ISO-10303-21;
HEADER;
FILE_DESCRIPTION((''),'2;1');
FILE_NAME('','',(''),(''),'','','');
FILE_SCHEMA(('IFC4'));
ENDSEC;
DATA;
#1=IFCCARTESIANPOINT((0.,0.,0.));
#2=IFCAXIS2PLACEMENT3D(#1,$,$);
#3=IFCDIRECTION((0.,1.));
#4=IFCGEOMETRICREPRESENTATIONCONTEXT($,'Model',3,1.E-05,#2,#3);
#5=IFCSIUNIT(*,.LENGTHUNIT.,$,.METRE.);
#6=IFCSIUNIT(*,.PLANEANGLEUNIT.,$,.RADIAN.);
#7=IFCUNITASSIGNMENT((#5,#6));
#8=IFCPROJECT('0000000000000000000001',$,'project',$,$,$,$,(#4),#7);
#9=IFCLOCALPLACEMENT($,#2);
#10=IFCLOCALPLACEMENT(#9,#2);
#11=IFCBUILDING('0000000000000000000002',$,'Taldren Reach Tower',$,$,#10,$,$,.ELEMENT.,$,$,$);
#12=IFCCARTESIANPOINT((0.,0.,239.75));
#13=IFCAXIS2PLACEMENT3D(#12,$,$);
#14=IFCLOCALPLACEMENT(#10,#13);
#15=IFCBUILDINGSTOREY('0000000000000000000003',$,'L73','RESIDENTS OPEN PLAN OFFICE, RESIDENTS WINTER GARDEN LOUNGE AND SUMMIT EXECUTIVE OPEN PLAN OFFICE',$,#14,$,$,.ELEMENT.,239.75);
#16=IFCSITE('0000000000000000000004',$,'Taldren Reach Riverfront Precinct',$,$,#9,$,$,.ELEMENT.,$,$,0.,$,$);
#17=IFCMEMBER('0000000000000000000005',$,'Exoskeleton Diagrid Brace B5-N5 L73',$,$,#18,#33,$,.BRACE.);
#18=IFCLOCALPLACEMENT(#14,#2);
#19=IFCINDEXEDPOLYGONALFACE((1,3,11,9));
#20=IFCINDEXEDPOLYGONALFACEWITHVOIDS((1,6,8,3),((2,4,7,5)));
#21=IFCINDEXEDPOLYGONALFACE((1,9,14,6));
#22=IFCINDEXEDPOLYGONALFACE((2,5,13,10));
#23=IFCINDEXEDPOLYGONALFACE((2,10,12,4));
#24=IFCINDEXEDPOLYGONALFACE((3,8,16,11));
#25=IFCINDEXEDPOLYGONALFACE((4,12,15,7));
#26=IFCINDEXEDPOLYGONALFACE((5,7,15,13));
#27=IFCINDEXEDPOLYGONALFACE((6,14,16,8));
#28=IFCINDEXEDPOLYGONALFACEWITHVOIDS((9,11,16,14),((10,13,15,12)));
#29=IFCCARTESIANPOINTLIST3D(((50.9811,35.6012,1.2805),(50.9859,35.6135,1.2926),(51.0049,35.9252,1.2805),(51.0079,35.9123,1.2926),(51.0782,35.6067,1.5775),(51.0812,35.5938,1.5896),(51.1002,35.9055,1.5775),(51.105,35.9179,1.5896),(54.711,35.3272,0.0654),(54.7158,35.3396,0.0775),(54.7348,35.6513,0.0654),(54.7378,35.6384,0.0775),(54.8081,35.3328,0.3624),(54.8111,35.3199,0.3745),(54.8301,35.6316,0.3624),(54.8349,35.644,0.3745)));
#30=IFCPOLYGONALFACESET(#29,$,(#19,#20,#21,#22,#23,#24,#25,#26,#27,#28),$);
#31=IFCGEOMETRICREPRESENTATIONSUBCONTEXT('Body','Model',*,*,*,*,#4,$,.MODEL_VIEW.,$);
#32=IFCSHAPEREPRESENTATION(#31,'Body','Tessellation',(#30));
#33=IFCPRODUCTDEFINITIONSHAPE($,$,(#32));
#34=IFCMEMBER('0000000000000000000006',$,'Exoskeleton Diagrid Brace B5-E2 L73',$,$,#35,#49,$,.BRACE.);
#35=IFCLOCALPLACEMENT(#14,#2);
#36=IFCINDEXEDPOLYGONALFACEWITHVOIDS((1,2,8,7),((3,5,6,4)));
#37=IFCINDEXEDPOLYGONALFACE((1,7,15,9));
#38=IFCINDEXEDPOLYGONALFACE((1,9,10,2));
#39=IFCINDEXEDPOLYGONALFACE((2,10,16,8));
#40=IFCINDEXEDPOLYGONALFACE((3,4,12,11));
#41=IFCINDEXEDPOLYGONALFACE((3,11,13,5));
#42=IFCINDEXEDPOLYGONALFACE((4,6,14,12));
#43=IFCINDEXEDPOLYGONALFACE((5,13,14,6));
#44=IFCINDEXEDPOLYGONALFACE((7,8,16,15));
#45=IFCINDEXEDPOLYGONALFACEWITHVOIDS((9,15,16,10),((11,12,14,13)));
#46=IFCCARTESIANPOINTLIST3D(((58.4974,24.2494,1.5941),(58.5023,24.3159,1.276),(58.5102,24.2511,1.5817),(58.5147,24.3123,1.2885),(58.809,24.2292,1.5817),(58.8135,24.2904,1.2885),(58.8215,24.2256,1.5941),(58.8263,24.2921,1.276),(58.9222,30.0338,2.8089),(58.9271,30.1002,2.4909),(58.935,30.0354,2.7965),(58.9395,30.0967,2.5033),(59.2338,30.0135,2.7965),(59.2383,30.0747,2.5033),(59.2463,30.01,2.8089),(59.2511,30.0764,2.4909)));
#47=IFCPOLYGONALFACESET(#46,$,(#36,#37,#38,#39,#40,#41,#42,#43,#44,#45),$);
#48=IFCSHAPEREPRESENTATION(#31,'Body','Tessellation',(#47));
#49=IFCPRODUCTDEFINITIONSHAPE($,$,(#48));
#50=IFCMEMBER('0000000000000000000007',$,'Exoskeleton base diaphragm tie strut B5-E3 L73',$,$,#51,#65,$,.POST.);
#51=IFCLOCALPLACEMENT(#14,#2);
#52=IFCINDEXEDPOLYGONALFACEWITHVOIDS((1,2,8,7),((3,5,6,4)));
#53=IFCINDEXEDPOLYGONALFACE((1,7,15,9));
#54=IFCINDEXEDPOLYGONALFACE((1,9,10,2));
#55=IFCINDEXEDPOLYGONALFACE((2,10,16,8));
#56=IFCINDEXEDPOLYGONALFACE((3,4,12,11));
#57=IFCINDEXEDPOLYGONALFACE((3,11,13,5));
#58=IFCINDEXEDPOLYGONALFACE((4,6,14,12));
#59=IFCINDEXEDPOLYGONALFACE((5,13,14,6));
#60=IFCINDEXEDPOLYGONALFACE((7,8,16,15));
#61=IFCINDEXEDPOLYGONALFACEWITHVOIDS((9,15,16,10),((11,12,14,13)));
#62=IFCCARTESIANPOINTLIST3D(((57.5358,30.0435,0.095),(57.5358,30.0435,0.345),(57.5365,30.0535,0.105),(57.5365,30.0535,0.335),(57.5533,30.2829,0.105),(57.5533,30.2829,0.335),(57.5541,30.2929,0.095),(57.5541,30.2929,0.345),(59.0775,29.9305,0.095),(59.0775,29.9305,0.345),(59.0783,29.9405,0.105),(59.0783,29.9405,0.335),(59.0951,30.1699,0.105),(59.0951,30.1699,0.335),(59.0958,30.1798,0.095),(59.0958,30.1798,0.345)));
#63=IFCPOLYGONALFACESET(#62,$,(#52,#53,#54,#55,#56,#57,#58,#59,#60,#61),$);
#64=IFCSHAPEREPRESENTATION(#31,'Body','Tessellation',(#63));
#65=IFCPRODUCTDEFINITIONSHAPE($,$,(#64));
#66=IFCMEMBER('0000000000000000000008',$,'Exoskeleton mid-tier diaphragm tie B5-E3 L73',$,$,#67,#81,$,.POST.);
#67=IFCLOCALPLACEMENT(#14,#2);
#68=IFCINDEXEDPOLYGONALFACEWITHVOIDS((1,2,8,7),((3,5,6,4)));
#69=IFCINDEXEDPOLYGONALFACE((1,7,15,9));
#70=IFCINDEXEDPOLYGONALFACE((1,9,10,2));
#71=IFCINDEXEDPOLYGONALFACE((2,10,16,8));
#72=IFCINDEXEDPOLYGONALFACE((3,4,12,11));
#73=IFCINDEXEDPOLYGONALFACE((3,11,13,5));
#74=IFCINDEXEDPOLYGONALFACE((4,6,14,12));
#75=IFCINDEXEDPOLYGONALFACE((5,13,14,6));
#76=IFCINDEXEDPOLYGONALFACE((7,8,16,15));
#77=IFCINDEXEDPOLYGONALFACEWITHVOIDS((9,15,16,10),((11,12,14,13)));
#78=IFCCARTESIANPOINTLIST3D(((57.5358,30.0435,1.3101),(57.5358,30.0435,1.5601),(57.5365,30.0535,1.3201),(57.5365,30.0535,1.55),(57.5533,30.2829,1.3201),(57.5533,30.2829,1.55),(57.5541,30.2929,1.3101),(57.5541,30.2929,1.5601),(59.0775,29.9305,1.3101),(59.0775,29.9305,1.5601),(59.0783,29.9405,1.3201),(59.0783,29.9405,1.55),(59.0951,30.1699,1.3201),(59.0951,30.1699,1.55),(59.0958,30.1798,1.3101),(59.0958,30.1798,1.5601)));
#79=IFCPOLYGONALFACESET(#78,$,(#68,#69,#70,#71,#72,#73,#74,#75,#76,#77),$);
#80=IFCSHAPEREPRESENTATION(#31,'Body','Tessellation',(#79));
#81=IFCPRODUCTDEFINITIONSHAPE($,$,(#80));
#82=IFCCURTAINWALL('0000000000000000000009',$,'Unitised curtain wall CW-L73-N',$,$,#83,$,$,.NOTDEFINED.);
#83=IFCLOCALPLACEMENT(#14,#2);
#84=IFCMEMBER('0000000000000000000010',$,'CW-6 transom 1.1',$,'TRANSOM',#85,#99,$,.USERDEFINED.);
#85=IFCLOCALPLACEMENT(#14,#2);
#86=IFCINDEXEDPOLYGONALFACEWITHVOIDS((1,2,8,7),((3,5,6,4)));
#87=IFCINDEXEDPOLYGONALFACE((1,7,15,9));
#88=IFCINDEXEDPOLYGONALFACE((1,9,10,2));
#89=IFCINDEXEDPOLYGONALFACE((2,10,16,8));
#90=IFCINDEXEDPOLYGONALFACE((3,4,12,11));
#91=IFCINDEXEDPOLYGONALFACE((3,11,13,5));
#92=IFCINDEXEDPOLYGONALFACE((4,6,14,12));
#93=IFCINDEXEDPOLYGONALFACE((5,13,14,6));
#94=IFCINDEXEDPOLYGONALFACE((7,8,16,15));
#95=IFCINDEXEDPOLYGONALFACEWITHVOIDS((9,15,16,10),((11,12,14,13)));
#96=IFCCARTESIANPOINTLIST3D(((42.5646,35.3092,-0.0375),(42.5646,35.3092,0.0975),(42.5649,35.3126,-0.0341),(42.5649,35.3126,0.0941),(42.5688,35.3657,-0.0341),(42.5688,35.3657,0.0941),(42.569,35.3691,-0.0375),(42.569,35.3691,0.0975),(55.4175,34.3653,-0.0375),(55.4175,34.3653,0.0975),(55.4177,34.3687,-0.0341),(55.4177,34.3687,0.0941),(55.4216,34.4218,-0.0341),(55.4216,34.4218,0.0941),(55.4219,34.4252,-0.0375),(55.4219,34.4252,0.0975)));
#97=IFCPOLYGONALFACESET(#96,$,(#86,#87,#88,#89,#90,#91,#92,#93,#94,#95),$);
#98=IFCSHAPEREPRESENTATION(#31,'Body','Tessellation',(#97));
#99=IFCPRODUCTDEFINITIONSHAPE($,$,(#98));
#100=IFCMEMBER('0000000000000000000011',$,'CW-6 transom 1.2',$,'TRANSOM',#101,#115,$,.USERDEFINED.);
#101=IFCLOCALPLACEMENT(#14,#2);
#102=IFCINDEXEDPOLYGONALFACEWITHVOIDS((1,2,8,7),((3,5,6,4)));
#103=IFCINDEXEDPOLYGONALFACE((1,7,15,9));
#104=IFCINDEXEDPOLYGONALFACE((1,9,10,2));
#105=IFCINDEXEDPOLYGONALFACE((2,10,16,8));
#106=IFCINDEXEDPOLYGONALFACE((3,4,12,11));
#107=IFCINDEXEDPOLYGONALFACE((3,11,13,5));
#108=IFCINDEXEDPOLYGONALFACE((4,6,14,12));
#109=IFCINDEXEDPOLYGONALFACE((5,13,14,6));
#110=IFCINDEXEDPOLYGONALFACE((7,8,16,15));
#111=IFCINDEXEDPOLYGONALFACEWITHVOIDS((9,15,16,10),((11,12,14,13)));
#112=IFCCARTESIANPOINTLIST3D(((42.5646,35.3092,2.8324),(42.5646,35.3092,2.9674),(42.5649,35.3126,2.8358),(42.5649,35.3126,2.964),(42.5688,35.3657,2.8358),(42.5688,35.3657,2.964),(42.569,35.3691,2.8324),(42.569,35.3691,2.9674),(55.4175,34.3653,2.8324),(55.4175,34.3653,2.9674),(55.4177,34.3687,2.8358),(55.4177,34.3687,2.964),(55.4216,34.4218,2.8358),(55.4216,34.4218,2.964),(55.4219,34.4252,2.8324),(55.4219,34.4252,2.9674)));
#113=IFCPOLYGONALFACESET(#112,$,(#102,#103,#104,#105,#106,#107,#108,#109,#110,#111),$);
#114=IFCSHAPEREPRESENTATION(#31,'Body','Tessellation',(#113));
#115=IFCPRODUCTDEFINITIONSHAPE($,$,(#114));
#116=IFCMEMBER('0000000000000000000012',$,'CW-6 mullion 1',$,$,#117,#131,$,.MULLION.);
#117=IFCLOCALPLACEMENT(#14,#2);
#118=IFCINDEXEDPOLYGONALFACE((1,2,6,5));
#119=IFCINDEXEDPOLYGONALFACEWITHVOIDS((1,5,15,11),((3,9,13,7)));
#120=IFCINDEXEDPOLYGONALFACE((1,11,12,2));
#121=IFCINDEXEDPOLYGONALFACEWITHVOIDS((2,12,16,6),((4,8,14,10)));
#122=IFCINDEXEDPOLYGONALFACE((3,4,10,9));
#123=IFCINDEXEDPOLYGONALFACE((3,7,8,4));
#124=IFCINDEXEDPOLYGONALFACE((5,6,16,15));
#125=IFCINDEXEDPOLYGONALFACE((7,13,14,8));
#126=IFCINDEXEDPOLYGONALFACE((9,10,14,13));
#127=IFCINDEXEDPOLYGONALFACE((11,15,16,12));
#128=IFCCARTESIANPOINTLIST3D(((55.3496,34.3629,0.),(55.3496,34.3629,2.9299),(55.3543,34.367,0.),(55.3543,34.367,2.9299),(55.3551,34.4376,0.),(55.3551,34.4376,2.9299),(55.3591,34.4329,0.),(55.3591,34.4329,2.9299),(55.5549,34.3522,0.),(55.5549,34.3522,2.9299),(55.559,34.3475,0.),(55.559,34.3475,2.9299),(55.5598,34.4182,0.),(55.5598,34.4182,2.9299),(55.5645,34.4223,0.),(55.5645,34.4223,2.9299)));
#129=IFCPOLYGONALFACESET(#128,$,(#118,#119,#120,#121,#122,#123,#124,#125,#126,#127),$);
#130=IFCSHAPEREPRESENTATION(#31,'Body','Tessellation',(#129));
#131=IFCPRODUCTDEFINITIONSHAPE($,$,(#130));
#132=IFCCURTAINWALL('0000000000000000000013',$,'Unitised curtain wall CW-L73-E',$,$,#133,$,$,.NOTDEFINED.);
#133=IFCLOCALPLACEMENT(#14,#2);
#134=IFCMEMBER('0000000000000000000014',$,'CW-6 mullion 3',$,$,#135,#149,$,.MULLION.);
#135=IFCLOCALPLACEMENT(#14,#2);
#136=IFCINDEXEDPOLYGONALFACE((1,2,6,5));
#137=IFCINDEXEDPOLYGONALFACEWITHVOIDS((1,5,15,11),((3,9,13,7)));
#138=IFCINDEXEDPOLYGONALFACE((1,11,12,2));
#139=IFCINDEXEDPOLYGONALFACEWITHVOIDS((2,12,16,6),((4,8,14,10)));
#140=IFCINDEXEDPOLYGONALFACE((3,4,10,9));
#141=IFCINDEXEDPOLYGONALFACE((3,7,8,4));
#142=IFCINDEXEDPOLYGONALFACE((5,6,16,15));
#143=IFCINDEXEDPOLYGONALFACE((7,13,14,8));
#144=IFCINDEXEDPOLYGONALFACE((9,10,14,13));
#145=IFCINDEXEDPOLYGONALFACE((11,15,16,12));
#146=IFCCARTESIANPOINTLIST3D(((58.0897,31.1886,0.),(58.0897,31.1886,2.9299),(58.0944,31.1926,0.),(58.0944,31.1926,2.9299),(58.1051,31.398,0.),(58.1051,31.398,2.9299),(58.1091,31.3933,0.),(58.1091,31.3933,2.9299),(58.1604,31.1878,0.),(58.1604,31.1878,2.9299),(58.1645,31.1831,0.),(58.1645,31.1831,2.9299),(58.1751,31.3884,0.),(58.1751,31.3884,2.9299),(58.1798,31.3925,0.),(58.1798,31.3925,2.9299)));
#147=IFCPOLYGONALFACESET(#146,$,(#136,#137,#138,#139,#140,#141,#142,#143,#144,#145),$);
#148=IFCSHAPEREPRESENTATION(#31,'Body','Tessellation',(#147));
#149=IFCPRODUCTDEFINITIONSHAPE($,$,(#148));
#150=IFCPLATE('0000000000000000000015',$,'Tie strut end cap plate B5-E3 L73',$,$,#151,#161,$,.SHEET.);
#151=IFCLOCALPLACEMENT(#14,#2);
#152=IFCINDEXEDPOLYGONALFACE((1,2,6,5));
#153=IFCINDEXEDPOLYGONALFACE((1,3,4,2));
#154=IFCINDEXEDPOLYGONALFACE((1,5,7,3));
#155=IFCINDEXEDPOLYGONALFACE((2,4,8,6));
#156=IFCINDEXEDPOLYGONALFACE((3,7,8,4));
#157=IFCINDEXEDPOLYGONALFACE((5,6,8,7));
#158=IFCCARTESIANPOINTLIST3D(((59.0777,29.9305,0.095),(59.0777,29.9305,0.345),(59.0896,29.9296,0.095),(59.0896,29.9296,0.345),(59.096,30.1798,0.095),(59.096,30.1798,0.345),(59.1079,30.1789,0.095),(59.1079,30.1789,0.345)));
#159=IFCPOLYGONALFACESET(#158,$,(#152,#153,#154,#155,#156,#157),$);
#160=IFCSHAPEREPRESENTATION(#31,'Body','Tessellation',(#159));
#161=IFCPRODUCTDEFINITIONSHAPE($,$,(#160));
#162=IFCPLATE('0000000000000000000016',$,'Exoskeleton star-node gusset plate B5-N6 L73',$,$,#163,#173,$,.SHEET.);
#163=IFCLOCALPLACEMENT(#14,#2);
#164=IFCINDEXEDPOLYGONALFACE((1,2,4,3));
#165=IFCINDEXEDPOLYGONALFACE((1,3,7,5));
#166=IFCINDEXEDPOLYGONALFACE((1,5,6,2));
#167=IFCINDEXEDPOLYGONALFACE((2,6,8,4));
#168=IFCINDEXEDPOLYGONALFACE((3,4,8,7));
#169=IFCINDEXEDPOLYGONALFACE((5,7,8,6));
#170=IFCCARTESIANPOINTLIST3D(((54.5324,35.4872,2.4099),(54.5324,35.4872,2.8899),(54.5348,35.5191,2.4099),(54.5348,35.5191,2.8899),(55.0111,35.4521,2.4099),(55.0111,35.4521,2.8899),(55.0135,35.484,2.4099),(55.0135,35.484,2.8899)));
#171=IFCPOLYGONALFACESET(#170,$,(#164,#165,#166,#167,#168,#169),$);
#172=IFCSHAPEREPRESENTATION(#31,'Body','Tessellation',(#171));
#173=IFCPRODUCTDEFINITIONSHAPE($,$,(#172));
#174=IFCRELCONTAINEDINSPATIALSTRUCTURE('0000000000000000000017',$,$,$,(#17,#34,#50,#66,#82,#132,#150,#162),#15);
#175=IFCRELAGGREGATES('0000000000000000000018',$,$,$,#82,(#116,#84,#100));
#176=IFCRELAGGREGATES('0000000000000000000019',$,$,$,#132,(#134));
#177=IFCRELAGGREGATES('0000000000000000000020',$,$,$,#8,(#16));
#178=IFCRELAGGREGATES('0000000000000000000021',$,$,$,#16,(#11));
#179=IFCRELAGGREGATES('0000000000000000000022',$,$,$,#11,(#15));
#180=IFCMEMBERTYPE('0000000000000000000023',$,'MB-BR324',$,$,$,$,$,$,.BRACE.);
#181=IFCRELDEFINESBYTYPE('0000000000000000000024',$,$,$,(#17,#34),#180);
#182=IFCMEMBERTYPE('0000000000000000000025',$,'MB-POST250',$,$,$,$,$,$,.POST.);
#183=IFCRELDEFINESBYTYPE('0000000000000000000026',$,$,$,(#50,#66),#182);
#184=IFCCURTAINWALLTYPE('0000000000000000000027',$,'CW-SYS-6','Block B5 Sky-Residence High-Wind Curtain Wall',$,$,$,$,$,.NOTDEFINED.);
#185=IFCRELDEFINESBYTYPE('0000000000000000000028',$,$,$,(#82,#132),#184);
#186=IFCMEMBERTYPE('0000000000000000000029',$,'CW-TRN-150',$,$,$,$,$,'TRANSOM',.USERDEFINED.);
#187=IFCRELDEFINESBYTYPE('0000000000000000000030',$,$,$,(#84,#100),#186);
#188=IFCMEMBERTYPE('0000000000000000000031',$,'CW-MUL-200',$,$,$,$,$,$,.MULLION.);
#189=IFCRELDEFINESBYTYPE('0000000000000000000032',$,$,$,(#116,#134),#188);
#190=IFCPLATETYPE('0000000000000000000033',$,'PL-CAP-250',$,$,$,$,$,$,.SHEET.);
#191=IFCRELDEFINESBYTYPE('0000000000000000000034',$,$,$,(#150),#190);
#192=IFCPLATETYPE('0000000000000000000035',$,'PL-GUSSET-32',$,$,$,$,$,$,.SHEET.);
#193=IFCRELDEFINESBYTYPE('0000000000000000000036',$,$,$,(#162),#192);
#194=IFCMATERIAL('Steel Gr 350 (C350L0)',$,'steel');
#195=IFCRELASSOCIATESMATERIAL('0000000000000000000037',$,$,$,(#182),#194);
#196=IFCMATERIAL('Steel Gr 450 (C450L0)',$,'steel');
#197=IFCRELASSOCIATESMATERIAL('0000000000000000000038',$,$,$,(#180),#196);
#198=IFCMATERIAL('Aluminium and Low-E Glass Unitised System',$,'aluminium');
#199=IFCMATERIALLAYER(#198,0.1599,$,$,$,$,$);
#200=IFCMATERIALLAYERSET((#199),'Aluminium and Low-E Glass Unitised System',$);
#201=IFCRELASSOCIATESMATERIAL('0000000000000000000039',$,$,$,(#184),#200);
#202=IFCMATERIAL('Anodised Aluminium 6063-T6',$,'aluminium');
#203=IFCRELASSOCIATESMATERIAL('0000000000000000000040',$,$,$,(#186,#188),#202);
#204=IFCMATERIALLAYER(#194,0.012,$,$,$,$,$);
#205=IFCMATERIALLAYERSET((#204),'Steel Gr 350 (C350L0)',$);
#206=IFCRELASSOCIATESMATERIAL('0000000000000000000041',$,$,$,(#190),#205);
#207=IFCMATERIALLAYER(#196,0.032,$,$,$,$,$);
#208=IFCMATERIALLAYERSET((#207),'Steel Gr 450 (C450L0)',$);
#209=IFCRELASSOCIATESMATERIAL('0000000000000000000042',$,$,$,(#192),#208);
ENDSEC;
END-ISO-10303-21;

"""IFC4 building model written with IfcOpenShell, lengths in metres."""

from ifc_helpers import new_model, si_unit, direction, frame, origin, origin_2d, place, context, subcontext, project, spatial, rectangle, hollow_rectangle, extrude, source, transform, mapped, material, layer, layer_set, material_profile, profile_set, type_object, element, aggregate, save


model = new_model("IFC4")

# Units and contexts
model_context = context("Model", 3, precision=1e-05, world=origin(), true_north=direction((0.0, 1.0)))
body_context = subcontext(model_context, "Body", "Model", "MODEL_VIEW")
ifc_project = project(units=[si_unit("LENGTHUNIT", "METRE"), si_unit("PLANEANGLEUNIT", "RADIAN")], contexts=[model_context])

# Site, building, storey
site_placement = place(None, origin())
site = spatial("IfcSite", under=ifc_project, at=site_placement, Name="Taldren Reach Riverfront Precinct", CompositionType="ELEMENT", RefElevation=0.0)
building_placement = place(site_placement, origin())
building = spatial("IfcBuilding", under=site, at=building_placement, Name="Taldren Reach Tower", CompositionType="ELEMENT")
storey_placement = place(building_placement, frame((0.0, 0.0, 239.75)))
storey = spatial("IfcBuildingStorey", under=building, at=storey_placement, Name="L73", Description="RESIDENTS OPEN PLAN OFFICE, RESIDENTS WINTER GARDEN LOUNGE AND SUMMIT EXECUTIVE OPEN PLAN OFFICE", CompositionType="ELEMENT", Elevation=239.75)

# Shared definitions
ifc_material_1 = material(Name="Steel Gr 350 (C350L0)", Category="steel")

# Shared definitions
ifc_material_profile_1 = material_profile(ifc_material_1, hollow_rectangle(XDim=0.25, YDim=0.25, WallThickness=0.01, at=origin_2d()), Name="250x250x10.0SHS")
ifc_profile_set_1 = profile_set([ifc_material_profile_1], Name="Steel Gr 350 (C350L0)")
member_type_1 = type_object("IfcMemberType", Name="MB-POST250", PredefinedType="POST", material=ifc_profile_set_1)
ifc_material_2 = material(Name="Steel Gr 450 (C450L0)", Category="steel")

# Members
ifc_material_profile_2 = material_profile(ifc_material_2, hollow_rectangle(XDim=0.325, YDim=0.325, WallThickness=0.0127, at=origin_2d()), Name="325x325x12.7SHS")
ifc_profile_set_2 = profile_set([ifc_material_profile_2], Name="Steel Gr 450 (C450L0)")
member_type_2 = type_object("IfcMemberType", Name="MB-BR324", PredefinedType="BRACE", material=ifc_profile_set_2)
shared_shape_1 = source(origin(), body_context, "Body", "SweptSolid", [
    extrude(hollow_rectangle(XDim=0.325, YDim=0.325, WallThickness=0.0127, at=origin_2d()), origin(), (0.0, 0.0, 1.0), 3.9324),
])
member_1_placement = place(storey_placement, frame((54.7729, 35.4856, 0.22), z_axis=(-0.948511, 0.069658, 0.308989), x_axis=(-0.073242, -0.997314, 0.0)))
element("IfcMember", 1, at=member_1_placement, inside=storey, type_object=member_type_2, Name="Exoskeleton Diagrid Brace B5-N5 L73", PredefinedType="BRACE", context=body_context, shape_type="MappedRepresentation", body=[
    mapped(shared_shape_1, transform((0.0, 0.0, 0.0), scale=1.0)),
])
shared_shape_2 = source(origin(), body_context, "Body", "SweptSolid", [
    extrude(hollow_rectangle(XDim=0.325, YDim=0.325, WallThickness=0.0127, at=origin_2d()), origin(), (0.0, 0.0, 1.0), 5.9258),
])
member_2_placement = place(storey_placement, frame((58.6619, 24.2708, 1.4351), z_axis=(0.071687, 0.976132, 0.205007), x_axis=(-0.997314, 0.073242, 0.0)))
element("IfcMember", 2, at=member_2_placement, inside=storey, type_object=member_type_2, Name="Exoskeleton Diagrid Brace B5-E2 L73", PredefinedType="BRACE", context=body_context, shape_type="MappedRepresentation", body=[
    mapped(shared_shape_2, transform((0.0, 0.0, 0.0), scale=1.0)),
])
shared_shape_3 = source(origin(), body_context, "Body", "SweptSolid", [
    extrude(hollow_rectangle(XDim=0.25, YDim=0.25, WallThickness=0.01, at=origin_2d()), origin(), (0.0, 0.0, 1.0), 1.5459),
])
for number, where, z_axis, x_axis, name in (
    (3, (57.5449, 30.1682, 0.22), (0.997323, -0.073121, 0.0), (0.073121, 0.997323, 0.0), "Exoskeleton base diaphragm tie strut B5-E3 L73"),
    (4, (57.5449, 30.1682, 1.4351), (0.997323, -0.073121, 0.0), (0.073121, 0.997323, 0.0), "Exoskeleton mid-tier diaphragm tie B5-E3 L73"),
):
    element("IfcMember", number, at=place(storey_placement, frame(where, z_axis=z_axis, x_axis=x_axis)), inside=storey, type_object=member_type_1, Name=name, PredefinedType="POST", context=body_context, shape_type="MappedRepresentation", body=[
        mapped(shared_shape_3, transform((0.0, 0.0, 0.0), scale=1.0)),
    ])

# Curtain wall, members
ifc_material_3 = material(Name="Aluminium and Low-E Glass Unitised System", Category="aluminium")
ifc_layer_1 = layer(ifc_material_3, 0.1599)
ifc_layer_set_1 = layer_set([ifc_layer_1], Name="Aluminium and Low-E Glass Unitised System")
curtain_wall_type = type_object("IfcCurtainWallType", Name="CW-SYS-6", Description="Block B5 Sky-Residence High-Wind Curtain Wall", PredefinedType="NOTDEFINED", material=ifc_layer_set_1)
curtain_wall_1_placement = place(storey_placement, origin())
curtain_wall_1 = element("IfcCurtainWall", 5, at=curtain_wall_1_placement, inside=storey, type_object=curtain_wall_type, Name="Unitised curtain wall CW-L73-N", PredefinedType="NOTDEFINED")
ifc_material_4 = material(Name="Anodised Aluminium 6063-T6", Category="aluminium")
ifc_material_profile_3 = material_profile(ifc_material_4, hollow_rectangle(XDim=0.0601, YDim=0.135, WallThickness=0.0034, at=origin_2d()), Name="ALU-135x60x3.5RHS")
ifc_profile_set_3 = profile_set([ifc_material_profile_3], Name="Anodised Aluminium 6063-T6")
member_type_3 = type_object("IfcMemberType", Name="CW-TRN-150", ElementType="TRANSOM", PredefinedType="USERDEFINED", material=ifc_profile_set_3)
shared_shape_4 = source(origin(), body_context, "Body", "SweptSolid", [
    extrude(hollow_rectangle(XDim=0.0601, YDim=0.135, WallThickness=0.0034, at=origin_2d()), origin(), (0.0, 0.0, 1.0), 12.8875),
])
member_3_placement = place(storey_placement, frame((55.4197, 34.3953, 0.03), z_axis=(-0.997314, 0.073238, 0.0), x_axis=(-0.073238, -0.997314, 0.0)))
member_3 = element("IfcMember", 6, at=member_3_placement, type_object=member_type_3, Name="CW-6 transom 1.1", ObjectType="TRANSOM", PredefinedType="USERDEFINED", context=body_context, shape_type="MappedRepresentation", body=[
    mapped(shared_shape_4, transform((0.0, 0.0, 0.0), scale=1.0)),
])
member_4_placement = place(storey_placement, frame((55.4197, 34.3953, 2.8999), z_axis=(-0.997314, 0.073238, 0.0), x_axis=(-0.073238, -0.997314, 0.0)))
member_4 = element("IfcMember", 7, at=member_4_placement, type_object=member_type_3, Name="CW-6 transom 1.2", ObjectType="TRANSOM", PredefinedType="USERDEFINED", context=body_context, shape_type="MappedRepresentation", body=[
    mapped(shared_shape_4, transform((0.0, 0.0, 0.0), scale=1.0)),
])
ifc_material_profile_4 = material_profile(ifc_material_4, hollow_rectangle(XDim=0.075, YDim=0.21, WallThickness=0.0044, at=origin_2d()), Name="ALU-210x75x4.5RHS")
ifc_profile_set_4 = profile_set([ifc_material_profile_4], Name="Anodised Aluminium 6063-T6")
member_type_4 = type_object("IfcMemberType", Name="CW-MUL-200", PredefinedType="MULLION", material=ifc_profile_set_4)
shared_shape_5 = source(origin(), body_context, "Body", "SweptSolid", [
    extrude(hollow_rectangle(XDim=0.075, YDim=0.21, WallThickness=0.0044, at=origin_2d()), origin(), (0.0, 0.0, 1.0), 2.9299),
])
member_5_placement = place(storey_placement, frame((55.457, 34.3926, 0.0), z_axis=(0.0, 0.0, 1.0), x_axis=(-0.073238, -0.997314, 0.0)))
member_5 = element("IfcMember", 8, at=member_5_placement, type_object=member_type_4, Name="CW-6 mullion 1", PredefinedType="MULLION", context=body_context, shape_type="MappedRepresentation", body=[
    mapped(shared_shape_5, transform((0.0, 0.0, 0.0), scale=1.0)),
])
aggregate(curtain_wall_1, [member_5, member_3, member_4])

# Curtain wall, member
curtain_wall_2_placement = place(storey_placement, origin())
curtain_wall_2 = element("IfcCurtainWall", 9, at=curtain_wall_2_placement, inside=storey, type_object=curtain_wall_type, Name="Unitised curtain wall CW-L73-E", PredefinedType="NOTDEFINED")
member_6_placement = place(storey_placement, frame((58.1348, 31.2905, 0.0), z_axis=(0.0, 0.0, 1.0), x_axis=(-0.997314, 0.073238, 0.0)))
member_6 = element("IfcMember", 10, at=member_6_placement, type_object=member_type_4, Name="CW-6 mullion 3", PredefinedType="MULLION", context=body_context, shape_type="MappedRepresentation", body=[
    mapped(shared_shape_5, transform((0.0, 0.0, 0.0), scale=1.0)),
])

# Plates
ifc_layer_2 = layer(ifc_material_1, 0.012)
ifc_layer_set_2 = layer_set([ifc_layer_2], Name="Steel Gr 350 (C350L0)")
plate_type_1 = type_object("IfcPlateType", Name="PL-CAP-250", PredefinedType="SHEET", material=ifc_layer_set_2)
shared_shape_6 = source(origin(), body_context, "Body", "SweptSolid", [
    extrude(rectangle(XDim=0.012, YDim=0.25, at=origin_2d()), origin(), (0.0, 0.0, 1.0), 0.25),
])
plate_1_placement = place(storey_placement, frame((59.0928, 30.0547, 0.095), z_axis=(0.0, 0.0, 1.0), x_axis=(0.997314, -0.073238, 0.0)))
element("IfcPlate", 11, at=plate_1_placement, inside=storey, type_object=plate_type_1, Name="Tie strut end cap plate B5-E3 L73", PredefinedType="SHEET", context=body_context, shape_type="MappedRepresentation", body=[
    mapped(shared_shape_6, transform((0.0, 0.0, 0.0), scale=1.0)),
])
ifc_layer_3 = layer(ifc_material_2, 0.032)
ifc_layer_set_3 = layer_set([ifc_layer_3], Name="Steel Gr 450 (C450L0)")
plate_type_2 = type_object("IfcPlateType", Name="PL-GUSSET-32", PredefinedType="SHEET", material=ifc_layer_set_3)
shared_shape_7 = source(origin(), body_context, "Body", "SweptSolid", [
    extrude(rectangle(XDim=0.48, YDim=0.032, at=origin_2d()), origin(), (0.0, 0.0, 1.0), 0.48),
])
for number, where, z_axis, x_axis, name in (
    (12, (54.7729, 35.4856, 2.4099), (0.0, 0.0, 1.0), (0.997314, -0.073238, 0.0), "Exoskeleton star-node gusset plate B5-N6 L73"),
):
    element("IfcPlate", number, at=place(storey_placement, frame(where, z_axis=z_axis, x_axis=x_axis)), inside=storey, type_object=plate_type_2, Name=name, PredefinedType="SHEET", context=body_context, shape_type="MappedRepresentation", body=[
        mapped(shared_shape_7, transform((0.0, 0.0, 0.0), scale=1.0)),
    ])

aggregate(curtain_wall_2, [member_6])

save(model, "model.ifc")
